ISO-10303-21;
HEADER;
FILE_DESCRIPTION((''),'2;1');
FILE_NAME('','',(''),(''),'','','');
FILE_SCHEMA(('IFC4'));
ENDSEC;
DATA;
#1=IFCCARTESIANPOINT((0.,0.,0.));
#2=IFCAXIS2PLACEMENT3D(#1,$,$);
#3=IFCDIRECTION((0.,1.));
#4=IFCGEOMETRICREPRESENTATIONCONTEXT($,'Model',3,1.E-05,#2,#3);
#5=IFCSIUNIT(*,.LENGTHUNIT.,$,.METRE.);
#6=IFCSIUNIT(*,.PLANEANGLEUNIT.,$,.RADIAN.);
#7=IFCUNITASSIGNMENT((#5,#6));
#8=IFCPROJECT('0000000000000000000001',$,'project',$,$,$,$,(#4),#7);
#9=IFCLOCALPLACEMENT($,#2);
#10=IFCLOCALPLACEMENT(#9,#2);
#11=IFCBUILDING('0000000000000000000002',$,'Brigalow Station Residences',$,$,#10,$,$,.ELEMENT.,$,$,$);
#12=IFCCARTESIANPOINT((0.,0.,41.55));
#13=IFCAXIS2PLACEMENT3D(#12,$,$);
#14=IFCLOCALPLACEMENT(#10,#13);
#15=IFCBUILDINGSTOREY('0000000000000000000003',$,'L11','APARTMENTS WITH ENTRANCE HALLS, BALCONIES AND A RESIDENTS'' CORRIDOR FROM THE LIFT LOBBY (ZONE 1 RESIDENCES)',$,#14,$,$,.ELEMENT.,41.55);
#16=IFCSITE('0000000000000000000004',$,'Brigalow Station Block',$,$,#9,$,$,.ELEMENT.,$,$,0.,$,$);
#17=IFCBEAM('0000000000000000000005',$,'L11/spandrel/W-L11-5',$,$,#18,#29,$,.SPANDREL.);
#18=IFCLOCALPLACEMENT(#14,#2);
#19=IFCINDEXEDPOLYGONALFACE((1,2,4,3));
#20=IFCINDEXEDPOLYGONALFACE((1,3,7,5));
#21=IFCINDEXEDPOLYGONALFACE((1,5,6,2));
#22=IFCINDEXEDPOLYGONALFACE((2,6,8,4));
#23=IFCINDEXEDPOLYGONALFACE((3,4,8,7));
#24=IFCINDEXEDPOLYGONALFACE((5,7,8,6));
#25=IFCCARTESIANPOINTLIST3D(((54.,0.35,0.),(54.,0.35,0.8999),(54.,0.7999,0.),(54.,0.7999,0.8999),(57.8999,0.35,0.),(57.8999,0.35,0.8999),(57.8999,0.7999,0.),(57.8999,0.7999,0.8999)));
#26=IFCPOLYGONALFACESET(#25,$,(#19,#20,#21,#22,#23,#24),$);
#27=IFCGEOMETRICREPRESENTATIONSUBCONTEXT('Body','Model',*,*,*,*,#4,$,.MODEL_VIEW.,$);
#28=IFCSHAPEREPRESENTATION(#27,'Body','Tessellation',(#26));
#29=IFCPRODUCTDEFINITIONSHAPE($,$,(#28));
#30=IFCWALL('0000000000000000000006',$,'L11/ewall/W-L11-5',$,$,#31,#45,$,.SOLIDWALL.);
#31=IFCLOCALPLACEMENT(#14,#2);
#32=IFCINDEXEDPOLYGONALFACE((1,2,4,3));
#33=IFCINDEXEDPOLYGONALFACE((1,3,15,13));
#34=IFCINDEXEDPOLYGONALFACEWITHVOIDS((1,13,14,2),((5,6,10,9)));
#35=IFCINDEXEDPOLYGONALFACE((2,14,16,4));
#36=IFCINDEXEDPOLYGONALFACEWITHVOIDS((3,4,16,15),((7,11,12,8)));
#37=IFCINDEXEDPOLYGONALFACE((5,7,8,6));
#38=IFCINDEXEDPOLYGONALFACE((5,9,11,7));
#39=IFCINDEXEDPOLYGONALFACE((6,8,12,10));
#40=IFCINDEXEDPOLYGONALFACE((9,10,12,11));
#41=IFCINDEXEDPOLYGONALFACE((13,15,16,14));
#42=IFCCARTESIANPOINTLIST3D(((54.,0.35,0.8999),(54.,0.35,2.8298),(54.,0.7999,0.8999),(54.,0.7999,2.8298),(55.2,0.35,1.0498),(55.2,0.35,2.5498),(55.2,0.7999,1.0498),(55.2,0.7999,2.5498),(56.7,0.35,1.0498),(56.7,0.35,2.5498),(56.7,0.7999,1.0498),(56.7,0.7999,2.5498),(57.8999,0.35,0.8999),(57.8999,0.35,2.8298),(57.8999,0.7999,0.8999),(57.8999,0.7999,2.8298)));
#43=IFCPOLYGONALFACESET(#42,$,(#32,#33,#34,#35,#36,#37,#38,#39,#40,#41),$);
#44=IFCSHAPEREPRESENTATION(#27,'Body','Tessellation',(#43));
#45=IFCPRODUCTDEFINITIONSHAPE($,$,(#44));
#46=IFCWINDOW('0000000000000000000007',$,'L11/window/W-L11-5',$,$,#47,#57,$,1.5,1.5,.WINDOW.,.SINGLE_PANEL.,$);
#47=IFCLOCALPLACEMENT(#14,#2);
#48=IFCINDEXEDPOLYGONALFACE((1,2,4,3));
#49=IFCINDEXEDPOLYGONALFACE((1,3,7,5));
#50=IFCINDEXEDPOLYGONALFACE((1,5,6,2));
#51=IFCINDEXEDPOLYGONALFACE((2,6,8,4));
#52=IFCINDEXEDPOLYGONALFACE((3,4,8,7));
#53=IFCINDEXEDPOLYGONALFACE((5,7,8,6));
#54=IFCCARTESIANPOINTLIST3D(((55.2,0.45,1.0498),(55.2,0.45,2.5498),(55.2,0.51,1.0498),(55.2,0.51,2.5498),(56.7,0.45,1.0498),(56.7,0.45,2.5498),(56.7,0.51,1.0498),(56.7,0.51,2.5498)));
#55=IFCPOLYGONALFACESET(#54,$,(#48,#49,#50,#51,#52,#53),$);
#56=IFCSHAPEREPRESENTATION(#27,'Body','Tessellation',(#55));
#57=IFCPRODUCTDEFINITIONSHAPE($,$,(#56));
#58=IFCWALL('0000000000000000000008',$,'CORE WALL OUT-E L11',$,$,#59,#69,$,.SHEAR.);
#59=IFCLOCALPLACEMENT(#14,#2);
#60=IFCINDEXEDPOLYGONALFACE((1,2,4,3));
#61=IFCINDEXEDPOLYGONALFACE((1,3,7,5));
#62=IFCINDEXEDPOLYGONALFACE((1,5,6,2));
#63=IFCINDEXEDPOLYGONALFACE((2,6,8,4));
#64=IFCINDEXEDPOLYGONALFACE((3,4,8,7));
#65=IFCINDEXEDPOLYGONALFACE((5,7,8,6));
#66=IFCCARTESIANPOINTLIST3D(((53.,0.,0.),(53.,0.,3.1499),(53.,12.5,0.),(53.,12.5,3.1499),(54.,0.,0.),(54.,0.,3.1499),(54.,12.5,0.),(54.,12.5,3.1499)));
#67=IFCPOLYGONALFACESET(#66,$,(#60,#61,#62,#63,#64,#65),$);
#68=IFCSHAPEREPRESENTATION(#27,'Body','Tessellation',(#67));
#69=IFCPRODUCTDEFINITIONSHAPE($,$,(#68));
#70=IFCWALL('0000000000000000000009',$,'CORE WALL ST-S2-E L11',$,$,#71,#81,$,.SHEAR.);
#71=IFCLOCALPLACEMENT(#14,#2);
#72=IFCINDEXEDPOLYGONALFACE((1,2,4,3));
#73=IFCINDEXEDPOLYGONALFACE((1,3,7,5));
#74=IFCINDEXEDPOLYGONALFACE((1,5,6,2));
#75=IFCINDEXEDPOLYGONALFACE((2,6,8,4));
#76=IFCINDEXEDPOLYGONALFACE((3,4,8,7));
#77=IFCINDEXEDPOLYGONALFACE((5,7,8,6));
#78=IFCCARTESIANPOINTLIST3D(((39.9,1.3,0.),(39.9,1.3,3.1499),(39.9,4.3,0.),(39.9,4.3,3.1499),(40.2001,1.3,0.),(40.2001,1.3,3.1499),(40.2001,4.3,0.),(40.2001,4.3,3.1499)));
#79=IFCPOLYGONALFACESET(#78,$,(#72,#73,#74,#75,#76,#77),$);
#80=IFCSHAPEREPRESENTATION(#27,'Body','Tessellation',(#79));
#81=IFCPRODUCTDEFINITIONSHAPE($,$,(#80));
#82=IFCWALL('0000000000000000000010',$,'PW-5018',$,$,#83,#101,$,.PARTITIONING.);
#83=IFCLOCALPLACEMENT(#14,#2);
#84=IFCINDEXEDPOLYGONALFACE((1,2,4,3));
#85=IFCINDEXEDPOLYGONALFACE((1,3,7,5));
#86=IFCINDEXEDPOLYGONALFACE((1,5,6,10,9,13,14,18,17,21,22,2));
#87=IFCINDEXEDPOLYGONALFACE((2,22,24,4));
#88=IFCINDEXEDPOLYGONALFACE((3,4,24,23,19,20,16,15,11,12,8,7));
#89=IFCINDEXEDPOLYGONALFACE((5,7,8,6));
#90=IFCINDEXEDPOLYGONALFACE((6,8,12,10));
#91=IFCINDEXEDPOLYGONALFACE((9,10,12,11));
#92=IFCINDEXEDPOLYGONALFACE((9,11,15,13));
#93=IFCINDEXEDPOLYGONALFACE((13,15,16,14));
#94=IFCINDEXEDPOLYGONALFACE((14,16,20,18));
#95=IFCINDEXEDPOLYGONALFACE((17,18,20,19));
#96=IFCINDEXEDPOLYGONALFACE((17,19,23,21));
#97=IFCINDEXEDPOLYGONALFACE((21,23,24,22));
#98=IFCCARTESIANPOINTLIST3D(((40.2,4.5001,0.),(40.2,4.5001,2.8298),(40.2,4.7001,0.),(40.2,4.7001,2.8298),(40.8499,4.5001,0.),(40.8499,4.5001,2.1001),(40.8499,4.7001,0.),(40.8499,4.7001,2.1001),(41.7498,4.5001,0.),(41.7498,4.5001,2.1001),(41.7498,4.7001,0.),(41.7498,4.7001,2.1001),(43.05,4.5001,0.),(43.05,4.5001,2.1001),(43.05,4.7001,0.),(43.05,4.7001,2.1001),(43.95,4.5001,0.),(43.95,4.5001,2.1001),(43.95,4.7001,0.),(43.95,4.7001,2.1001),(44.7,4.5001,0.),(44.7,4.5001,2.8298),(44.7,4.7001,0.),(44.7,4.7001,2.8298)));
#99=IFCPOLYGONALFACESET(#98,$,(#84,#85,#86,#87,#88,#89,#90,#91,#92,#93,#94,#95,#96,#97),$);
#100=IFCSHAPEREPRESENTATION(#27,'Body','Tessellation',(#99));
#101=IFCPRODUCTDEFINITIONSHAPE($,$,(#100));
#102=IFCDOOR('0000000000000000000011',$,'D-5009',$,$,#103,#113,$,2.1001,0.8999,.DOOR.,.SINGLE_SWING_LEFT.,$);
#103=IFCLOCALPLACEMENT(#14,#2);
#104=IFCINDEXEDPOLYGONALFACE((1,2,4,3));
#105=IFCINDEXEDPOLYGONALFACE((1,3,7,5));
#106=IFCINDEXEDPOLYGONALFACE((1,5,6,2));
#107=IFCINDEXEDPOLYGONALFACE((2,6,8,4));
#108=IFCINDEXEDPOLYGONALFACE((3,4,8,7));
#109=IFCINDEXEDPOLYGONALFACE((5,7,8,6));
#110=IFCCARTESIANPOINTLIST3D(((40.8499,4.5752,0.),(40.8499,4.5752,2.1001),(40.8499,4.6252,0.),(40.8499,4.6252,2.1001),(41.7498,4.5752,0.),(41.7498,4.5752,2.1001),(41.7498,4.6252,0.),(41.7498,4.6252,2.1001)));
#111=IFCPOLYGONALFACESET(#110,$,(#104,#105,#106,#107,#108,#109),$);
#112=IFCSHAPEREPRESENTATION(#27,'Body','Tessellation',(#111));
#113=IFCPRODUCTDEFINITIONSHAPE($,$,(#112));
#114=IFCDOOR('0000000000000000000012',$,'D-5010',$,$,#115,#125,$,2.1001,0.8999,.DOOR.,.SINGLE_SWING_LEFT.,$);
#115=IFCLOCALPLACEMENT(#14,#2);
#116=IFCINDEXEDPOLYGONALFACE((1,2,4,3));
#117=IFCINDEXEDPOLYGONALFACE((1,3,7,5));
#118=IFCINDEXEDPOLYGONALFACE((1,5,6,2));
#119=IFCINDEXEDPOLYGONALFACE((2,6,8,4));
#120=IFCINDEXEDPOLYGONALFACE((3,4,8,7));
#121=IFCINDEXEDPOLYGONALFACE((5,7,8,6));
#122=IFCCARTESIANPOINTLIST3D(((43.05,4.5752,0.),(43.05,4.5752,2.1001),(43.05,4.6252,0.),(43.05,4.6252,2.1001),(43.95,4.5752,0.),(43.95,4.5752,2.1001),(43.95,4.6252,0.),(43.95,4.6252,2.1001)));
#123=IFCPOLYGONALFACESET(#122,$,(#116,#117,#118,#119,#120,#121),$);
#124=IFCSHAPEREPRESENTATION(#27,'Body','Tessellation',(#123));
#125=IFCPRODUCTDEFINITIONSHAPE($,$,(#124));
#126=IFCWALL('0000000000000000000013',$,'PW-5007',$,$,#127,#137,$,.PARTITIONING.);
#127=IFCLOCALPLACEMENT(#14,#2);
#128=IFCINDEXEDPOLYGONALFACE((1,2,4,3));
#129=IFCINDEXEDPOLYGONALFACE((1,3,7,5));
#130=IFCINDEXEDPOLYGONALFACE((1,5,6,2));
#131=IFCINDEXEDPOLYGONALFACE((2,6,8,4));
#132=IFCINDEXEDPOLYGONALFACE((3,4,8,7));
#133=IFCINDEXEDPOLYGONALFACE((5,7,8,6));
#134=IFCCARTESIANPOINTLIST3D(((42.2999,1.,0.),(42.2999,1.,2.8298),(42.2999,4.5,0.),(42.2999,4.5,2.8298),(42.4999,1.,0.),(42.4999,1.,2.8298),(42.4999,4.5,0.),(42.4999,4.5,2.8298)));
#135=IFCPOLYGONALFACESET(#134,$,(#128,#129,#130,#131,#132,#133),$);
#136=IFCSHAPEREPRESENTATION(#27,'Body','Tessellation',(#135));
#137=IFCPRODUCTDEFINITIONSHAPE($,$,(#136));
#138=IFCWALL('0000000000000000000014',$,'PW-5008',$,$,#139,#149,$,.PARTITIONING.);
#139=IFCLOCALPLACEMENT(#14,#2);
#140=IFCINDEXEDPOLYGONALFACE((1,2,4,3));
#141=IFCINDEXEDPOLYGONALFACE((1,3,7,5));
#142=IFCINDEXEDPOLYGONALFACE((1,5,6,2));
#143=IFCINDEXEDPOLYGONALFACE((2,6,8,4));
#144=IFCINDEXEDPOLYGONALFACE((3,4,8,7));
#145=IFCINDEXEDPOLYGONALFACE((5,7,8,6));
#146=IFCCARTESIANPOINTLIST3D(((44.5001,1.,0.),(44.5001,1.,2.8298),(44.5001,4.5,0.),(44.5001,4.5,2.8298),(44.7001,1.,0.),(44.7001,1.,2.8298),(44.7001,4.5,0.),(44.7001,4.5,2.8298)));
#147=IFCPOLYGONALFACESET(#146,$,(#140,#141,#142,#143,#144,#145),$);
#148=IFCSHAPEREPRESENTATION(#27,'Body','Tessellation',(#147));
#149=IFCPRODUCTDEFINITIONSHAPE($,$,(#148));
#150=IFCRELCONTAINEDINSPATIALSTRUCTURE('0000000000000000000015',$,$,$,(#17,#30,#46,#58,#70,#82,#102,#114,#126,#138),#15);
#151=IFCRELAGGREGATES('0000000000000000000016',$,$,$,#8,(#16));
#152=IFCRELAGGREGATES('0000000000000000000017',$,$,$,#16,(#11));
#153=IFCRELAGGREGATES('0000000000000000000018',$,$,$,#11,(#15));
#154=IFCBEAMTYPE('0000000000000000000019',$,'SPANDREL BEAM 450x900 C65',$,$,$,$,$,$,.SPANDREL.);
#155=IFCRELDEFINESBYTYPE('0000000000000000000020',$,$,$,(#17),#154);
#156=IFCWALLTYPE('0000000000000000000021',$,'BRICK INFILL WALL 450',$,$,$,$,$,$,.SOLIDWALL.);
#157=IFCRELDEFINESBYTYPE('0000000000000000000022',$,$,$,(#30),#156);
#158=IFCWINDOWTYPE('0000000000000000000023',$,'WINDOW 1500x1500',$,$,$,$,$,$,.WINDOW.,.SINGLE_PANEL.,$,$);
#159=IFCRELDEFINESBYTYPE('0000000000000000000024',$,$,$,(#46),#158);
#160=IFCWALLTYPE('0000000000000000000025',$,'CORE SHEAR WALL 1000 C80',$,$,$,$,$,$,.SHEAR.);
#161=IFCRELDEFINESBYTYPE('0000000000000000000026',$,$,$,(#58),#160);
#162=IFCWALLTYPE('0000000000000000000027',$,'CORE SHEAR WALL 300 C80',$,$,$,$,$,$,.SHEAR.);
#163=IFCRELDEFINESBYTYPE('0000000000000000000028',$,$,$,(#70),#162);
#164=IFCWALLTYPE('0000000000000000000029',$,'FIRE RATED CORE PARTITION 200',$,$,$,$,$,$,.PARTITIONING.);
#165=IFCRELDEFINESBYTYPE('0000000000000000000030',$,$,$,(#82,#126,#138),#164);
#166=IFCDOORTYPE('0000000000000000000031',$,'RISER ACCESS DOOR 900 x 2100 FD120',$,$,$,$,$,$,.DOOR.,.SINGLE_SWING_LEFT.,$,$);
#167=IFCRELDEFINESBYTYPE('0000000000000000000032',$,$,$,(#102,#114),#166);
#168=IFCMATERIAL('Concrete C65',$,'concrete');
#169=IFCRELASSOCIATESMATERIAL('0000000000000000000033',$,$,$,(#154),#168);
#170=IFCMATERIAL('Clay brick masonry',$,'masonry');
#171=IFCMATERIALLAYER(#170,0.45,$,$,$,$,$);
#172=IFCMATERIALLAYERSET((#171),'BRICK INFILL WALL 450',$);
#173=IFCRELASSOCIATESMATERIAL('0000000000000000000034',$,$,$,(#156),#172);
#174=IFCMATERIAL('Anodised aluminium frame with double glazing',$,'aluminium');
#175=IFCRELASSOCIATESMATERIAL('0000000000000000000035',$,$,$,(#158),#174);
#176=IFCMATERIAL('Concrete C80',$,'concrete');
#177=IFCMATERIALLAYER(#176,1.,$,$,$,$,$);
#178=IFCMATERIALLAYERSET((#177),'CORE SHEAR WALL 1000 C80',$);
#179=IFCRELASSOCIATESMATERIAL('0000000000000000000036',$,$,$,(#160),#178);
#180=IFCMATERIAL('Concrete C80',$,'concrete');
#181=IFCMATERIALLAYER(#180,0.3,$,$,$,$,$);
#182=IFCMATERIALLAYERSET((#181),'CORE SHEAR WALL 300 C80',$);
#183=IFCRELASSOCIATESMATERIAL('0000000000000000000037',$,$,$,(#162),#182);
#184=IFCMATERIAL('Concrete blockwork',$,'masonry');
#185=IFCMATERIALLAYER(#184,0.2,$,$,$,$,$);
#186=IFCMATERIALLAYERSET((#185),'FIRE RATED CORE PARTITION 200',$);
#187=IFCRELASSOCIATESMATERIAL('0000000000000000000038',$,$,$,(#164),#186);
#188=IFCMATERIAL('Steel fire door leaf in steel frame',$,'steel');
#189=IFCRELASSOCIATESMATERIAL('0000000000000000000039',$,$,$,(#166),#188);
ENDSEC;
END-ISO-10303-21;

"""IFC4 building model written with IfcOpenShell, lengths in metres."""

from ifc_helpers import new_model, si_unit, direction, frame, frame_2d, origin, origin_2d, place, context, subcontext, project, spatial, rectangle, extrude, material, layer, layer_set, material_profile, profile_set, type_object, element, fill, save


model = new_model("IFC4")

# Units and contexts
model_context = context("Model", 3, precision=1e-05, world=origin(), true_north=direction((0.0, 1.0)))
body_context = subcontext(model_context, "Body", "Model", "MODEL_VIEW")
ifc_project = project(units=[si_unit("LENGTHUNIT", "METRE"), si_unit("PLANEANGLEUNIT", "RADIAN")], contexts=[model_context])

# Site, building, storey
site_placement = place(None, origin())
site = spatial("IfcSite", under=ifc_project, at=site_placement, Name="Brigalow Station Block", CompositionType="ELEMENT", RefElevation=0.0)
building_placement = place(site_placement, origin())
building = spatial("IfcBuilding", under=site, at=building_placement, Name="Brigalow Station Residences", CompositionType="ELEMENT")
storey_placement = place(building_placement, frame((0.0, 0.0, 41.55)))
storey = spatial("IfcBuildingStorey", under=building, at=storey_placement, Name="L11", Description="APARTMENTS WITH ENTRANCE HALLS, BALCONIES AND A RESIDENTS' CORRIDOR FROM THE LIFT LOBBY (ZONE 1 RESIDENCES)", CompositionType="ELEMENT", Elevation=41.55)

# Beam
ifc_material_1 = material(Name="Concrete C65", Category="concrete")
ifc_material_profile = material_profile(ifc_material_1, rectangle(XDim=0.45, YDim=0.8999, at=origin_2d()), Name="RC450x900")
ifc_profile_set = profile_set([ifc_material_profile], Name="Concrete C65")
beam_type = type_object("IfcBeamType", Name="SPANDREL BEAM 450x900 C65", PredefinedType="SPANDREL", material=ifc_profile_set)
beam_placement = place(storey_placement, frame((54.0, 0.575, 0.45), z_axis=(1.0, 0.0, 0.0), x_axis=(0.0, 1.0, 0.0)))
element("IfcBeam", 1, at=beam_placement, inside=storey, type_object=beam_type, Name="L11/spandrel/W-L11-5", PredefinedType="SPANDREL", context=body_context, shape_type="SweptSolid", body=[
    extrude(rectangle(XDim=0.45, YDim=0.8999, at=origin_2d()), origin(), (0.0, 0.0, 1.0), 3.8999),
])

# Wall, opening, window
ifc_material_2 = material(Name="Clay brick masonry", Category="masonry")
ifc_layer_1 = layer(ifc_material_2, 0.45)
ifc_layer_set_1 = layer_set([ifc_layer_1], Name="BRICK INFILL WALL 450")
wall_type_1 = type_object("IfcWallType", Name="BRICK INFILL WALL 450", PredefinedType="SOLIDWALL", material=ifc_layer_set_1)
wall_1_placement = place(storey_placement, frame((54.0, 0.575, 0.8999), z_axis=(0.0, 0.0, 1.0), x_axis=(1.0, 0.0, 0.0)))
wall_1 = element("IfcWall", 2, at=wall_1_placement, inside=storey, type_object=wall_type_1, Name="L11/ewall/W-L11-5", PredefinedType="SOLIDWALL", context=body_context, shape_type="SweptSolid", body=[
    extrude(rectangle(XDim=3.8999, YDim=0.45, at=frame_2d((1.95, 0.0))), origin(), (0.0, 0.0, 1.0), 1.9299),
])
opening_1_placement = place(wall_1_placement, frame((1.2, 0.0, 0.1499)))
opening_1 = element("IfcOpeningElement", 3, at=opening_1_placement, cuts=wall_1, PredefinedType="OPENING", context=body_context, shape_type="SweptSolid", body=[
    extrude(rectangle(XDim=1.5, YDim=1.5, at=frame_2d((0.75, 0.75))), frame((0.0, 0.2349, 0.0), z_axis=(0.0, -1.0, 0.0), x_axis=(1.0, 0.0, 0.0)), (0.0, 0.0, 1.0), 0.47),
])
ifc_material_3 = material(Name="Anodised aluminium frame with double glazing", Category="aluminium")
window_type = type_object("IfcWindowType", Name="WINDOW 1500x1500", PartitioningType="SINGLE_PANEL", PredefinedType="WINDOW", material=ifc_material_3)
window_placement = place(opening_1_placement, origin())
window = element("IfcWindow", 4, at=window_placement, inside=storey, type_object=window_type, Name="L11/window/W-L11-5", OverallHeight=1.5, OverallWidth=1.5, PartitioningType="SINGLE_PANEL", PredefinedType="WINDOW", context=body_context, shape_type="SweptSolid", body=[
    extrude(rectangle(XDim=1.5, YDim=1.5, at=frame_2d((0.75, 0.75))), frame((0.0, -0.0649, 0.0), z_axis=(0.0, -1.0, 0.0), x_axis=(1.0, 0.0, 0.0)), (0.0, 0.0, 1.0), 0.0601),
])
fill(opening_1, window)

# Walls
ifc_material_4 = material(Name="Concrete C80", Category="concrete")
ifc_layer_2 = layer(ifc_material_4, 1.0)
ifc_layer_set_2 = layer_set([ifc_layer_2], Name="CORE SHEAR WALL 1000 C80")
wall_type_2 = type_object("IfcWallType", Name="CORE SHEAR WALL 1000 C80", PredefinedType="SHEAR", material=ifc_layer_set_2)
wall_2_placement = place(storey_placement, frame((53.5, 0.0, 0.0), z_axis=(0.0, 0.0, 1.0), x_axis=(0.0, 1.0, 0.0)))
element("IfcWall", 5, at=wall_2_placement, inside=storey, type_object=wall_type_2, Name="CORE WALL OUT-E L11", PredefinedType="SHEAR", context=body_context, shape_type="SweptSolid", body=[
    extrude(rectangle(XDim=12.5, YDim=1.0, at=frame_2d((6.25, 0.0))), origin(), (0.0, 0.0, 1.0), 3.1499),
])
ifc_material_5 = material(Name="Concrete C80", Category="concrete")
ifc_layer_3 = layer(ifc_material_5, 0.3)
ifc_layer_set_3 = layer_set([ifc_layer_3], Name="CORE SHEAR WALL 300 C80")
wall_type_3 = type_object("IfcWallType", Name="CORE SHEAR WALL 300 C80", PredefinedType="SHEAR", material=ifc_layer_set_3)
wall_3_placement = place(storey_placement, frame((40.05, 1.3, 0.0), z_axis=(0.0, 0.0, 1.0), x_axis=(0.0, 1.0, 0.0)))
element("IfcWall", 6, at=wall_3_placement, inside=storey, type_object=wall_type_3, Name="CORE WALL ST-S2-E L11", PredefinedType="SHEAR", context=body_context, shape_type="SweptSolid", body=[
    extrude(rectangle(XDim=3.0, YDim=0.3, at=frame_2d((1.5, 0.0))), origin(), (0.0, 0.0, 1.0), 3.1499),
])

# Wall, openings, doors
ifc_material_6 = material(Name="Concrete blockwork", Category="masonry")
ifc_layer_4 = layer(ifc_material_6, 0.2)
ifc_layer_set_4 = layer_set([ifc_layer_4], Name="FIRE RATED CORE PARTITION 200")
wall_type_4 = type_object("IfcWallType", Name="FIRE RATED CORE PARTITION 200", PredefinedType="PARTITIONING", material=ifc_layer_set_4)
wall_4_placement = place(storey_placement, frame((40.2, 4.6001, 0.0), z_axis=(0.0, 0.0, 1.0), x_axis=(1.0, 0.0, 0.0)))
wall_4 = element("IfcWall", 7, at=wall_4_placement, inside=storey, type_object=wall_type_4, Name="PW-5018", PredefinedType="PARTITIONING", context=body_context, shape_type="SweptSolid", body=[
    extrude(rectangle(XDim=4.5, YDim=0.2, at=frame_2d((2.25, 0.0))), origin(), (0.0, 0.0, 1.0), 2.8298),
])
opening_2_placement = place(wall_4_placement, frame((0.6499, 0.0, 0.0)))
opening_2 = element("IfcOpeningElement", 8, at=opening_2_placement, cuts=wall_4, PredefinedType="OPENING", context=body_context, shape_type="SweptSolid", body=[
    extrude(rectangle(XDim=0.8999, YDim=2.1001, at=frame_2d((0.45, 1.05))), frame((0.0, 0.1099, 0.0), z_axis=(0.0, -1.0, 0.0), x_axis=(1.0, 0.0, 0.0)), (0.0, 0.0, 1.0), 0.22),
])
opening_3_placement = place(wall_4_placement, frame((2.8501, 0.0, 0.0)))
opening_3 = element("IfcOpeningElement", 9, at=opening_3_placement, cuts=wall_4, PredefinedType="OPENING", context=body_context, shape_type="SweptSolid", body=[
    extrude(rectangle(XDim=0.8999, YDim=2.1001, at=frame_2d((0.45, 1.05))), frame((0.0, 0.1099, 0.0), z_axis=(0.0, -1.0, 0.0), x_axis=(1.0, 0.0, 0.0)), (0.0, 0.0, 1.0), 0.22),
])
ifc_material_7 = material(Name="Steel fire door leaf in steel frame", Category="steel")
door_type_1 = type_object("IfcDoorType", Name="RISER ACCESS DOOR 900 x 2100 FD120", OperationType="SINGLE_SWING_LEFT", PredefinedType="DOOR", material=ifc_material_7)
door_1_placement = place(opening_2_placement, frame((0.8999, 0.0, 0.0), z_axis=(0.0, 0.0, 1.0), x_axis=(-1.0, 0.0, 0.0)))
door_1 = element("IfcDoor", 10, at=door_1_placement, inside=storey, type_object=door_type_1, Name="D-5009", OperationType="SINGLE_SWING_LEFT", OverallHeight=2.1001, OverallWidth=0.8999, PredefinedType="DOOR", context=body_context, shape_type="SweptSolid", body=[
    extrude(rectangle(XDim=0.8999, YDim=2.1001, at=frame_2d((0.45, 1.05))), frame((0.0, 0.0249, 0.0), z_axis=(0.0, -1.0, 0.0), x_axis=(1.0, 0.0, 0.0)), (0.0, 0.0, 1.0), 0.05),
])
fill(opening_2, door_1)
door_2_placement = place(opening_3_placement, frame((0.8999, 0.0, 0.0), z_axis=(0.0, 0.0, 1.0), x_axis=(-1.0, 0.0, 0.0)))
door_2 = element("IfcDoor", 11, at=door_2_placement, inside=storey, type_object=door_type_1, Name="D-5010", OperationType="SINGLE_SWING_LEFT", OverallHeight=2.1001, OverallWidth=0.8999, PredefinedType="DOOR", context=body_context, shape_type="SweptSolid", body=[
    extrude(rectangle(XDim=0.8999, YDim=2.1001, at=frame_2d((0.45, 1.05))), frame((0.0, 0.0249, 0.0), z_axis=(0.0, -1.0, 0.0), x_axis=(1.0, 0.0, 0.0)), (0.0, 0.0, 1.0), 0.05),
])
fill(opening_3, door_2)

# Walls
for number, where, z_axis, x_axis, name in (
    (12, (42.3999, 1.0, 0.0), (0.0, 0.0, 1.0), (0.0, 1.0, 0.0), "PW-5007"),
    (13, (44.6001, 1.0, 0.0), (0.0, 0.0, 1.0), (0.0, 1.0, 0.0), "PW-5008"),
):
    element("IfcWall", number, at=place(storey_placement, frame(where, z_axis=z_axis, x_axis=x_axis)), inside=storey, type_object=wall_type_4, Name=name, PredefinedType="PARTITIONING", context=body_context, shape_type="SweptSolid", body=[
        extrude(rectangle(XDim=3.5, YDim=0.2, at=frame_2d((1.75, 0.0))), origin(), (0.0, 0.0, 1.0), 2.8298),
    ])

save(model, "model.ifc")
